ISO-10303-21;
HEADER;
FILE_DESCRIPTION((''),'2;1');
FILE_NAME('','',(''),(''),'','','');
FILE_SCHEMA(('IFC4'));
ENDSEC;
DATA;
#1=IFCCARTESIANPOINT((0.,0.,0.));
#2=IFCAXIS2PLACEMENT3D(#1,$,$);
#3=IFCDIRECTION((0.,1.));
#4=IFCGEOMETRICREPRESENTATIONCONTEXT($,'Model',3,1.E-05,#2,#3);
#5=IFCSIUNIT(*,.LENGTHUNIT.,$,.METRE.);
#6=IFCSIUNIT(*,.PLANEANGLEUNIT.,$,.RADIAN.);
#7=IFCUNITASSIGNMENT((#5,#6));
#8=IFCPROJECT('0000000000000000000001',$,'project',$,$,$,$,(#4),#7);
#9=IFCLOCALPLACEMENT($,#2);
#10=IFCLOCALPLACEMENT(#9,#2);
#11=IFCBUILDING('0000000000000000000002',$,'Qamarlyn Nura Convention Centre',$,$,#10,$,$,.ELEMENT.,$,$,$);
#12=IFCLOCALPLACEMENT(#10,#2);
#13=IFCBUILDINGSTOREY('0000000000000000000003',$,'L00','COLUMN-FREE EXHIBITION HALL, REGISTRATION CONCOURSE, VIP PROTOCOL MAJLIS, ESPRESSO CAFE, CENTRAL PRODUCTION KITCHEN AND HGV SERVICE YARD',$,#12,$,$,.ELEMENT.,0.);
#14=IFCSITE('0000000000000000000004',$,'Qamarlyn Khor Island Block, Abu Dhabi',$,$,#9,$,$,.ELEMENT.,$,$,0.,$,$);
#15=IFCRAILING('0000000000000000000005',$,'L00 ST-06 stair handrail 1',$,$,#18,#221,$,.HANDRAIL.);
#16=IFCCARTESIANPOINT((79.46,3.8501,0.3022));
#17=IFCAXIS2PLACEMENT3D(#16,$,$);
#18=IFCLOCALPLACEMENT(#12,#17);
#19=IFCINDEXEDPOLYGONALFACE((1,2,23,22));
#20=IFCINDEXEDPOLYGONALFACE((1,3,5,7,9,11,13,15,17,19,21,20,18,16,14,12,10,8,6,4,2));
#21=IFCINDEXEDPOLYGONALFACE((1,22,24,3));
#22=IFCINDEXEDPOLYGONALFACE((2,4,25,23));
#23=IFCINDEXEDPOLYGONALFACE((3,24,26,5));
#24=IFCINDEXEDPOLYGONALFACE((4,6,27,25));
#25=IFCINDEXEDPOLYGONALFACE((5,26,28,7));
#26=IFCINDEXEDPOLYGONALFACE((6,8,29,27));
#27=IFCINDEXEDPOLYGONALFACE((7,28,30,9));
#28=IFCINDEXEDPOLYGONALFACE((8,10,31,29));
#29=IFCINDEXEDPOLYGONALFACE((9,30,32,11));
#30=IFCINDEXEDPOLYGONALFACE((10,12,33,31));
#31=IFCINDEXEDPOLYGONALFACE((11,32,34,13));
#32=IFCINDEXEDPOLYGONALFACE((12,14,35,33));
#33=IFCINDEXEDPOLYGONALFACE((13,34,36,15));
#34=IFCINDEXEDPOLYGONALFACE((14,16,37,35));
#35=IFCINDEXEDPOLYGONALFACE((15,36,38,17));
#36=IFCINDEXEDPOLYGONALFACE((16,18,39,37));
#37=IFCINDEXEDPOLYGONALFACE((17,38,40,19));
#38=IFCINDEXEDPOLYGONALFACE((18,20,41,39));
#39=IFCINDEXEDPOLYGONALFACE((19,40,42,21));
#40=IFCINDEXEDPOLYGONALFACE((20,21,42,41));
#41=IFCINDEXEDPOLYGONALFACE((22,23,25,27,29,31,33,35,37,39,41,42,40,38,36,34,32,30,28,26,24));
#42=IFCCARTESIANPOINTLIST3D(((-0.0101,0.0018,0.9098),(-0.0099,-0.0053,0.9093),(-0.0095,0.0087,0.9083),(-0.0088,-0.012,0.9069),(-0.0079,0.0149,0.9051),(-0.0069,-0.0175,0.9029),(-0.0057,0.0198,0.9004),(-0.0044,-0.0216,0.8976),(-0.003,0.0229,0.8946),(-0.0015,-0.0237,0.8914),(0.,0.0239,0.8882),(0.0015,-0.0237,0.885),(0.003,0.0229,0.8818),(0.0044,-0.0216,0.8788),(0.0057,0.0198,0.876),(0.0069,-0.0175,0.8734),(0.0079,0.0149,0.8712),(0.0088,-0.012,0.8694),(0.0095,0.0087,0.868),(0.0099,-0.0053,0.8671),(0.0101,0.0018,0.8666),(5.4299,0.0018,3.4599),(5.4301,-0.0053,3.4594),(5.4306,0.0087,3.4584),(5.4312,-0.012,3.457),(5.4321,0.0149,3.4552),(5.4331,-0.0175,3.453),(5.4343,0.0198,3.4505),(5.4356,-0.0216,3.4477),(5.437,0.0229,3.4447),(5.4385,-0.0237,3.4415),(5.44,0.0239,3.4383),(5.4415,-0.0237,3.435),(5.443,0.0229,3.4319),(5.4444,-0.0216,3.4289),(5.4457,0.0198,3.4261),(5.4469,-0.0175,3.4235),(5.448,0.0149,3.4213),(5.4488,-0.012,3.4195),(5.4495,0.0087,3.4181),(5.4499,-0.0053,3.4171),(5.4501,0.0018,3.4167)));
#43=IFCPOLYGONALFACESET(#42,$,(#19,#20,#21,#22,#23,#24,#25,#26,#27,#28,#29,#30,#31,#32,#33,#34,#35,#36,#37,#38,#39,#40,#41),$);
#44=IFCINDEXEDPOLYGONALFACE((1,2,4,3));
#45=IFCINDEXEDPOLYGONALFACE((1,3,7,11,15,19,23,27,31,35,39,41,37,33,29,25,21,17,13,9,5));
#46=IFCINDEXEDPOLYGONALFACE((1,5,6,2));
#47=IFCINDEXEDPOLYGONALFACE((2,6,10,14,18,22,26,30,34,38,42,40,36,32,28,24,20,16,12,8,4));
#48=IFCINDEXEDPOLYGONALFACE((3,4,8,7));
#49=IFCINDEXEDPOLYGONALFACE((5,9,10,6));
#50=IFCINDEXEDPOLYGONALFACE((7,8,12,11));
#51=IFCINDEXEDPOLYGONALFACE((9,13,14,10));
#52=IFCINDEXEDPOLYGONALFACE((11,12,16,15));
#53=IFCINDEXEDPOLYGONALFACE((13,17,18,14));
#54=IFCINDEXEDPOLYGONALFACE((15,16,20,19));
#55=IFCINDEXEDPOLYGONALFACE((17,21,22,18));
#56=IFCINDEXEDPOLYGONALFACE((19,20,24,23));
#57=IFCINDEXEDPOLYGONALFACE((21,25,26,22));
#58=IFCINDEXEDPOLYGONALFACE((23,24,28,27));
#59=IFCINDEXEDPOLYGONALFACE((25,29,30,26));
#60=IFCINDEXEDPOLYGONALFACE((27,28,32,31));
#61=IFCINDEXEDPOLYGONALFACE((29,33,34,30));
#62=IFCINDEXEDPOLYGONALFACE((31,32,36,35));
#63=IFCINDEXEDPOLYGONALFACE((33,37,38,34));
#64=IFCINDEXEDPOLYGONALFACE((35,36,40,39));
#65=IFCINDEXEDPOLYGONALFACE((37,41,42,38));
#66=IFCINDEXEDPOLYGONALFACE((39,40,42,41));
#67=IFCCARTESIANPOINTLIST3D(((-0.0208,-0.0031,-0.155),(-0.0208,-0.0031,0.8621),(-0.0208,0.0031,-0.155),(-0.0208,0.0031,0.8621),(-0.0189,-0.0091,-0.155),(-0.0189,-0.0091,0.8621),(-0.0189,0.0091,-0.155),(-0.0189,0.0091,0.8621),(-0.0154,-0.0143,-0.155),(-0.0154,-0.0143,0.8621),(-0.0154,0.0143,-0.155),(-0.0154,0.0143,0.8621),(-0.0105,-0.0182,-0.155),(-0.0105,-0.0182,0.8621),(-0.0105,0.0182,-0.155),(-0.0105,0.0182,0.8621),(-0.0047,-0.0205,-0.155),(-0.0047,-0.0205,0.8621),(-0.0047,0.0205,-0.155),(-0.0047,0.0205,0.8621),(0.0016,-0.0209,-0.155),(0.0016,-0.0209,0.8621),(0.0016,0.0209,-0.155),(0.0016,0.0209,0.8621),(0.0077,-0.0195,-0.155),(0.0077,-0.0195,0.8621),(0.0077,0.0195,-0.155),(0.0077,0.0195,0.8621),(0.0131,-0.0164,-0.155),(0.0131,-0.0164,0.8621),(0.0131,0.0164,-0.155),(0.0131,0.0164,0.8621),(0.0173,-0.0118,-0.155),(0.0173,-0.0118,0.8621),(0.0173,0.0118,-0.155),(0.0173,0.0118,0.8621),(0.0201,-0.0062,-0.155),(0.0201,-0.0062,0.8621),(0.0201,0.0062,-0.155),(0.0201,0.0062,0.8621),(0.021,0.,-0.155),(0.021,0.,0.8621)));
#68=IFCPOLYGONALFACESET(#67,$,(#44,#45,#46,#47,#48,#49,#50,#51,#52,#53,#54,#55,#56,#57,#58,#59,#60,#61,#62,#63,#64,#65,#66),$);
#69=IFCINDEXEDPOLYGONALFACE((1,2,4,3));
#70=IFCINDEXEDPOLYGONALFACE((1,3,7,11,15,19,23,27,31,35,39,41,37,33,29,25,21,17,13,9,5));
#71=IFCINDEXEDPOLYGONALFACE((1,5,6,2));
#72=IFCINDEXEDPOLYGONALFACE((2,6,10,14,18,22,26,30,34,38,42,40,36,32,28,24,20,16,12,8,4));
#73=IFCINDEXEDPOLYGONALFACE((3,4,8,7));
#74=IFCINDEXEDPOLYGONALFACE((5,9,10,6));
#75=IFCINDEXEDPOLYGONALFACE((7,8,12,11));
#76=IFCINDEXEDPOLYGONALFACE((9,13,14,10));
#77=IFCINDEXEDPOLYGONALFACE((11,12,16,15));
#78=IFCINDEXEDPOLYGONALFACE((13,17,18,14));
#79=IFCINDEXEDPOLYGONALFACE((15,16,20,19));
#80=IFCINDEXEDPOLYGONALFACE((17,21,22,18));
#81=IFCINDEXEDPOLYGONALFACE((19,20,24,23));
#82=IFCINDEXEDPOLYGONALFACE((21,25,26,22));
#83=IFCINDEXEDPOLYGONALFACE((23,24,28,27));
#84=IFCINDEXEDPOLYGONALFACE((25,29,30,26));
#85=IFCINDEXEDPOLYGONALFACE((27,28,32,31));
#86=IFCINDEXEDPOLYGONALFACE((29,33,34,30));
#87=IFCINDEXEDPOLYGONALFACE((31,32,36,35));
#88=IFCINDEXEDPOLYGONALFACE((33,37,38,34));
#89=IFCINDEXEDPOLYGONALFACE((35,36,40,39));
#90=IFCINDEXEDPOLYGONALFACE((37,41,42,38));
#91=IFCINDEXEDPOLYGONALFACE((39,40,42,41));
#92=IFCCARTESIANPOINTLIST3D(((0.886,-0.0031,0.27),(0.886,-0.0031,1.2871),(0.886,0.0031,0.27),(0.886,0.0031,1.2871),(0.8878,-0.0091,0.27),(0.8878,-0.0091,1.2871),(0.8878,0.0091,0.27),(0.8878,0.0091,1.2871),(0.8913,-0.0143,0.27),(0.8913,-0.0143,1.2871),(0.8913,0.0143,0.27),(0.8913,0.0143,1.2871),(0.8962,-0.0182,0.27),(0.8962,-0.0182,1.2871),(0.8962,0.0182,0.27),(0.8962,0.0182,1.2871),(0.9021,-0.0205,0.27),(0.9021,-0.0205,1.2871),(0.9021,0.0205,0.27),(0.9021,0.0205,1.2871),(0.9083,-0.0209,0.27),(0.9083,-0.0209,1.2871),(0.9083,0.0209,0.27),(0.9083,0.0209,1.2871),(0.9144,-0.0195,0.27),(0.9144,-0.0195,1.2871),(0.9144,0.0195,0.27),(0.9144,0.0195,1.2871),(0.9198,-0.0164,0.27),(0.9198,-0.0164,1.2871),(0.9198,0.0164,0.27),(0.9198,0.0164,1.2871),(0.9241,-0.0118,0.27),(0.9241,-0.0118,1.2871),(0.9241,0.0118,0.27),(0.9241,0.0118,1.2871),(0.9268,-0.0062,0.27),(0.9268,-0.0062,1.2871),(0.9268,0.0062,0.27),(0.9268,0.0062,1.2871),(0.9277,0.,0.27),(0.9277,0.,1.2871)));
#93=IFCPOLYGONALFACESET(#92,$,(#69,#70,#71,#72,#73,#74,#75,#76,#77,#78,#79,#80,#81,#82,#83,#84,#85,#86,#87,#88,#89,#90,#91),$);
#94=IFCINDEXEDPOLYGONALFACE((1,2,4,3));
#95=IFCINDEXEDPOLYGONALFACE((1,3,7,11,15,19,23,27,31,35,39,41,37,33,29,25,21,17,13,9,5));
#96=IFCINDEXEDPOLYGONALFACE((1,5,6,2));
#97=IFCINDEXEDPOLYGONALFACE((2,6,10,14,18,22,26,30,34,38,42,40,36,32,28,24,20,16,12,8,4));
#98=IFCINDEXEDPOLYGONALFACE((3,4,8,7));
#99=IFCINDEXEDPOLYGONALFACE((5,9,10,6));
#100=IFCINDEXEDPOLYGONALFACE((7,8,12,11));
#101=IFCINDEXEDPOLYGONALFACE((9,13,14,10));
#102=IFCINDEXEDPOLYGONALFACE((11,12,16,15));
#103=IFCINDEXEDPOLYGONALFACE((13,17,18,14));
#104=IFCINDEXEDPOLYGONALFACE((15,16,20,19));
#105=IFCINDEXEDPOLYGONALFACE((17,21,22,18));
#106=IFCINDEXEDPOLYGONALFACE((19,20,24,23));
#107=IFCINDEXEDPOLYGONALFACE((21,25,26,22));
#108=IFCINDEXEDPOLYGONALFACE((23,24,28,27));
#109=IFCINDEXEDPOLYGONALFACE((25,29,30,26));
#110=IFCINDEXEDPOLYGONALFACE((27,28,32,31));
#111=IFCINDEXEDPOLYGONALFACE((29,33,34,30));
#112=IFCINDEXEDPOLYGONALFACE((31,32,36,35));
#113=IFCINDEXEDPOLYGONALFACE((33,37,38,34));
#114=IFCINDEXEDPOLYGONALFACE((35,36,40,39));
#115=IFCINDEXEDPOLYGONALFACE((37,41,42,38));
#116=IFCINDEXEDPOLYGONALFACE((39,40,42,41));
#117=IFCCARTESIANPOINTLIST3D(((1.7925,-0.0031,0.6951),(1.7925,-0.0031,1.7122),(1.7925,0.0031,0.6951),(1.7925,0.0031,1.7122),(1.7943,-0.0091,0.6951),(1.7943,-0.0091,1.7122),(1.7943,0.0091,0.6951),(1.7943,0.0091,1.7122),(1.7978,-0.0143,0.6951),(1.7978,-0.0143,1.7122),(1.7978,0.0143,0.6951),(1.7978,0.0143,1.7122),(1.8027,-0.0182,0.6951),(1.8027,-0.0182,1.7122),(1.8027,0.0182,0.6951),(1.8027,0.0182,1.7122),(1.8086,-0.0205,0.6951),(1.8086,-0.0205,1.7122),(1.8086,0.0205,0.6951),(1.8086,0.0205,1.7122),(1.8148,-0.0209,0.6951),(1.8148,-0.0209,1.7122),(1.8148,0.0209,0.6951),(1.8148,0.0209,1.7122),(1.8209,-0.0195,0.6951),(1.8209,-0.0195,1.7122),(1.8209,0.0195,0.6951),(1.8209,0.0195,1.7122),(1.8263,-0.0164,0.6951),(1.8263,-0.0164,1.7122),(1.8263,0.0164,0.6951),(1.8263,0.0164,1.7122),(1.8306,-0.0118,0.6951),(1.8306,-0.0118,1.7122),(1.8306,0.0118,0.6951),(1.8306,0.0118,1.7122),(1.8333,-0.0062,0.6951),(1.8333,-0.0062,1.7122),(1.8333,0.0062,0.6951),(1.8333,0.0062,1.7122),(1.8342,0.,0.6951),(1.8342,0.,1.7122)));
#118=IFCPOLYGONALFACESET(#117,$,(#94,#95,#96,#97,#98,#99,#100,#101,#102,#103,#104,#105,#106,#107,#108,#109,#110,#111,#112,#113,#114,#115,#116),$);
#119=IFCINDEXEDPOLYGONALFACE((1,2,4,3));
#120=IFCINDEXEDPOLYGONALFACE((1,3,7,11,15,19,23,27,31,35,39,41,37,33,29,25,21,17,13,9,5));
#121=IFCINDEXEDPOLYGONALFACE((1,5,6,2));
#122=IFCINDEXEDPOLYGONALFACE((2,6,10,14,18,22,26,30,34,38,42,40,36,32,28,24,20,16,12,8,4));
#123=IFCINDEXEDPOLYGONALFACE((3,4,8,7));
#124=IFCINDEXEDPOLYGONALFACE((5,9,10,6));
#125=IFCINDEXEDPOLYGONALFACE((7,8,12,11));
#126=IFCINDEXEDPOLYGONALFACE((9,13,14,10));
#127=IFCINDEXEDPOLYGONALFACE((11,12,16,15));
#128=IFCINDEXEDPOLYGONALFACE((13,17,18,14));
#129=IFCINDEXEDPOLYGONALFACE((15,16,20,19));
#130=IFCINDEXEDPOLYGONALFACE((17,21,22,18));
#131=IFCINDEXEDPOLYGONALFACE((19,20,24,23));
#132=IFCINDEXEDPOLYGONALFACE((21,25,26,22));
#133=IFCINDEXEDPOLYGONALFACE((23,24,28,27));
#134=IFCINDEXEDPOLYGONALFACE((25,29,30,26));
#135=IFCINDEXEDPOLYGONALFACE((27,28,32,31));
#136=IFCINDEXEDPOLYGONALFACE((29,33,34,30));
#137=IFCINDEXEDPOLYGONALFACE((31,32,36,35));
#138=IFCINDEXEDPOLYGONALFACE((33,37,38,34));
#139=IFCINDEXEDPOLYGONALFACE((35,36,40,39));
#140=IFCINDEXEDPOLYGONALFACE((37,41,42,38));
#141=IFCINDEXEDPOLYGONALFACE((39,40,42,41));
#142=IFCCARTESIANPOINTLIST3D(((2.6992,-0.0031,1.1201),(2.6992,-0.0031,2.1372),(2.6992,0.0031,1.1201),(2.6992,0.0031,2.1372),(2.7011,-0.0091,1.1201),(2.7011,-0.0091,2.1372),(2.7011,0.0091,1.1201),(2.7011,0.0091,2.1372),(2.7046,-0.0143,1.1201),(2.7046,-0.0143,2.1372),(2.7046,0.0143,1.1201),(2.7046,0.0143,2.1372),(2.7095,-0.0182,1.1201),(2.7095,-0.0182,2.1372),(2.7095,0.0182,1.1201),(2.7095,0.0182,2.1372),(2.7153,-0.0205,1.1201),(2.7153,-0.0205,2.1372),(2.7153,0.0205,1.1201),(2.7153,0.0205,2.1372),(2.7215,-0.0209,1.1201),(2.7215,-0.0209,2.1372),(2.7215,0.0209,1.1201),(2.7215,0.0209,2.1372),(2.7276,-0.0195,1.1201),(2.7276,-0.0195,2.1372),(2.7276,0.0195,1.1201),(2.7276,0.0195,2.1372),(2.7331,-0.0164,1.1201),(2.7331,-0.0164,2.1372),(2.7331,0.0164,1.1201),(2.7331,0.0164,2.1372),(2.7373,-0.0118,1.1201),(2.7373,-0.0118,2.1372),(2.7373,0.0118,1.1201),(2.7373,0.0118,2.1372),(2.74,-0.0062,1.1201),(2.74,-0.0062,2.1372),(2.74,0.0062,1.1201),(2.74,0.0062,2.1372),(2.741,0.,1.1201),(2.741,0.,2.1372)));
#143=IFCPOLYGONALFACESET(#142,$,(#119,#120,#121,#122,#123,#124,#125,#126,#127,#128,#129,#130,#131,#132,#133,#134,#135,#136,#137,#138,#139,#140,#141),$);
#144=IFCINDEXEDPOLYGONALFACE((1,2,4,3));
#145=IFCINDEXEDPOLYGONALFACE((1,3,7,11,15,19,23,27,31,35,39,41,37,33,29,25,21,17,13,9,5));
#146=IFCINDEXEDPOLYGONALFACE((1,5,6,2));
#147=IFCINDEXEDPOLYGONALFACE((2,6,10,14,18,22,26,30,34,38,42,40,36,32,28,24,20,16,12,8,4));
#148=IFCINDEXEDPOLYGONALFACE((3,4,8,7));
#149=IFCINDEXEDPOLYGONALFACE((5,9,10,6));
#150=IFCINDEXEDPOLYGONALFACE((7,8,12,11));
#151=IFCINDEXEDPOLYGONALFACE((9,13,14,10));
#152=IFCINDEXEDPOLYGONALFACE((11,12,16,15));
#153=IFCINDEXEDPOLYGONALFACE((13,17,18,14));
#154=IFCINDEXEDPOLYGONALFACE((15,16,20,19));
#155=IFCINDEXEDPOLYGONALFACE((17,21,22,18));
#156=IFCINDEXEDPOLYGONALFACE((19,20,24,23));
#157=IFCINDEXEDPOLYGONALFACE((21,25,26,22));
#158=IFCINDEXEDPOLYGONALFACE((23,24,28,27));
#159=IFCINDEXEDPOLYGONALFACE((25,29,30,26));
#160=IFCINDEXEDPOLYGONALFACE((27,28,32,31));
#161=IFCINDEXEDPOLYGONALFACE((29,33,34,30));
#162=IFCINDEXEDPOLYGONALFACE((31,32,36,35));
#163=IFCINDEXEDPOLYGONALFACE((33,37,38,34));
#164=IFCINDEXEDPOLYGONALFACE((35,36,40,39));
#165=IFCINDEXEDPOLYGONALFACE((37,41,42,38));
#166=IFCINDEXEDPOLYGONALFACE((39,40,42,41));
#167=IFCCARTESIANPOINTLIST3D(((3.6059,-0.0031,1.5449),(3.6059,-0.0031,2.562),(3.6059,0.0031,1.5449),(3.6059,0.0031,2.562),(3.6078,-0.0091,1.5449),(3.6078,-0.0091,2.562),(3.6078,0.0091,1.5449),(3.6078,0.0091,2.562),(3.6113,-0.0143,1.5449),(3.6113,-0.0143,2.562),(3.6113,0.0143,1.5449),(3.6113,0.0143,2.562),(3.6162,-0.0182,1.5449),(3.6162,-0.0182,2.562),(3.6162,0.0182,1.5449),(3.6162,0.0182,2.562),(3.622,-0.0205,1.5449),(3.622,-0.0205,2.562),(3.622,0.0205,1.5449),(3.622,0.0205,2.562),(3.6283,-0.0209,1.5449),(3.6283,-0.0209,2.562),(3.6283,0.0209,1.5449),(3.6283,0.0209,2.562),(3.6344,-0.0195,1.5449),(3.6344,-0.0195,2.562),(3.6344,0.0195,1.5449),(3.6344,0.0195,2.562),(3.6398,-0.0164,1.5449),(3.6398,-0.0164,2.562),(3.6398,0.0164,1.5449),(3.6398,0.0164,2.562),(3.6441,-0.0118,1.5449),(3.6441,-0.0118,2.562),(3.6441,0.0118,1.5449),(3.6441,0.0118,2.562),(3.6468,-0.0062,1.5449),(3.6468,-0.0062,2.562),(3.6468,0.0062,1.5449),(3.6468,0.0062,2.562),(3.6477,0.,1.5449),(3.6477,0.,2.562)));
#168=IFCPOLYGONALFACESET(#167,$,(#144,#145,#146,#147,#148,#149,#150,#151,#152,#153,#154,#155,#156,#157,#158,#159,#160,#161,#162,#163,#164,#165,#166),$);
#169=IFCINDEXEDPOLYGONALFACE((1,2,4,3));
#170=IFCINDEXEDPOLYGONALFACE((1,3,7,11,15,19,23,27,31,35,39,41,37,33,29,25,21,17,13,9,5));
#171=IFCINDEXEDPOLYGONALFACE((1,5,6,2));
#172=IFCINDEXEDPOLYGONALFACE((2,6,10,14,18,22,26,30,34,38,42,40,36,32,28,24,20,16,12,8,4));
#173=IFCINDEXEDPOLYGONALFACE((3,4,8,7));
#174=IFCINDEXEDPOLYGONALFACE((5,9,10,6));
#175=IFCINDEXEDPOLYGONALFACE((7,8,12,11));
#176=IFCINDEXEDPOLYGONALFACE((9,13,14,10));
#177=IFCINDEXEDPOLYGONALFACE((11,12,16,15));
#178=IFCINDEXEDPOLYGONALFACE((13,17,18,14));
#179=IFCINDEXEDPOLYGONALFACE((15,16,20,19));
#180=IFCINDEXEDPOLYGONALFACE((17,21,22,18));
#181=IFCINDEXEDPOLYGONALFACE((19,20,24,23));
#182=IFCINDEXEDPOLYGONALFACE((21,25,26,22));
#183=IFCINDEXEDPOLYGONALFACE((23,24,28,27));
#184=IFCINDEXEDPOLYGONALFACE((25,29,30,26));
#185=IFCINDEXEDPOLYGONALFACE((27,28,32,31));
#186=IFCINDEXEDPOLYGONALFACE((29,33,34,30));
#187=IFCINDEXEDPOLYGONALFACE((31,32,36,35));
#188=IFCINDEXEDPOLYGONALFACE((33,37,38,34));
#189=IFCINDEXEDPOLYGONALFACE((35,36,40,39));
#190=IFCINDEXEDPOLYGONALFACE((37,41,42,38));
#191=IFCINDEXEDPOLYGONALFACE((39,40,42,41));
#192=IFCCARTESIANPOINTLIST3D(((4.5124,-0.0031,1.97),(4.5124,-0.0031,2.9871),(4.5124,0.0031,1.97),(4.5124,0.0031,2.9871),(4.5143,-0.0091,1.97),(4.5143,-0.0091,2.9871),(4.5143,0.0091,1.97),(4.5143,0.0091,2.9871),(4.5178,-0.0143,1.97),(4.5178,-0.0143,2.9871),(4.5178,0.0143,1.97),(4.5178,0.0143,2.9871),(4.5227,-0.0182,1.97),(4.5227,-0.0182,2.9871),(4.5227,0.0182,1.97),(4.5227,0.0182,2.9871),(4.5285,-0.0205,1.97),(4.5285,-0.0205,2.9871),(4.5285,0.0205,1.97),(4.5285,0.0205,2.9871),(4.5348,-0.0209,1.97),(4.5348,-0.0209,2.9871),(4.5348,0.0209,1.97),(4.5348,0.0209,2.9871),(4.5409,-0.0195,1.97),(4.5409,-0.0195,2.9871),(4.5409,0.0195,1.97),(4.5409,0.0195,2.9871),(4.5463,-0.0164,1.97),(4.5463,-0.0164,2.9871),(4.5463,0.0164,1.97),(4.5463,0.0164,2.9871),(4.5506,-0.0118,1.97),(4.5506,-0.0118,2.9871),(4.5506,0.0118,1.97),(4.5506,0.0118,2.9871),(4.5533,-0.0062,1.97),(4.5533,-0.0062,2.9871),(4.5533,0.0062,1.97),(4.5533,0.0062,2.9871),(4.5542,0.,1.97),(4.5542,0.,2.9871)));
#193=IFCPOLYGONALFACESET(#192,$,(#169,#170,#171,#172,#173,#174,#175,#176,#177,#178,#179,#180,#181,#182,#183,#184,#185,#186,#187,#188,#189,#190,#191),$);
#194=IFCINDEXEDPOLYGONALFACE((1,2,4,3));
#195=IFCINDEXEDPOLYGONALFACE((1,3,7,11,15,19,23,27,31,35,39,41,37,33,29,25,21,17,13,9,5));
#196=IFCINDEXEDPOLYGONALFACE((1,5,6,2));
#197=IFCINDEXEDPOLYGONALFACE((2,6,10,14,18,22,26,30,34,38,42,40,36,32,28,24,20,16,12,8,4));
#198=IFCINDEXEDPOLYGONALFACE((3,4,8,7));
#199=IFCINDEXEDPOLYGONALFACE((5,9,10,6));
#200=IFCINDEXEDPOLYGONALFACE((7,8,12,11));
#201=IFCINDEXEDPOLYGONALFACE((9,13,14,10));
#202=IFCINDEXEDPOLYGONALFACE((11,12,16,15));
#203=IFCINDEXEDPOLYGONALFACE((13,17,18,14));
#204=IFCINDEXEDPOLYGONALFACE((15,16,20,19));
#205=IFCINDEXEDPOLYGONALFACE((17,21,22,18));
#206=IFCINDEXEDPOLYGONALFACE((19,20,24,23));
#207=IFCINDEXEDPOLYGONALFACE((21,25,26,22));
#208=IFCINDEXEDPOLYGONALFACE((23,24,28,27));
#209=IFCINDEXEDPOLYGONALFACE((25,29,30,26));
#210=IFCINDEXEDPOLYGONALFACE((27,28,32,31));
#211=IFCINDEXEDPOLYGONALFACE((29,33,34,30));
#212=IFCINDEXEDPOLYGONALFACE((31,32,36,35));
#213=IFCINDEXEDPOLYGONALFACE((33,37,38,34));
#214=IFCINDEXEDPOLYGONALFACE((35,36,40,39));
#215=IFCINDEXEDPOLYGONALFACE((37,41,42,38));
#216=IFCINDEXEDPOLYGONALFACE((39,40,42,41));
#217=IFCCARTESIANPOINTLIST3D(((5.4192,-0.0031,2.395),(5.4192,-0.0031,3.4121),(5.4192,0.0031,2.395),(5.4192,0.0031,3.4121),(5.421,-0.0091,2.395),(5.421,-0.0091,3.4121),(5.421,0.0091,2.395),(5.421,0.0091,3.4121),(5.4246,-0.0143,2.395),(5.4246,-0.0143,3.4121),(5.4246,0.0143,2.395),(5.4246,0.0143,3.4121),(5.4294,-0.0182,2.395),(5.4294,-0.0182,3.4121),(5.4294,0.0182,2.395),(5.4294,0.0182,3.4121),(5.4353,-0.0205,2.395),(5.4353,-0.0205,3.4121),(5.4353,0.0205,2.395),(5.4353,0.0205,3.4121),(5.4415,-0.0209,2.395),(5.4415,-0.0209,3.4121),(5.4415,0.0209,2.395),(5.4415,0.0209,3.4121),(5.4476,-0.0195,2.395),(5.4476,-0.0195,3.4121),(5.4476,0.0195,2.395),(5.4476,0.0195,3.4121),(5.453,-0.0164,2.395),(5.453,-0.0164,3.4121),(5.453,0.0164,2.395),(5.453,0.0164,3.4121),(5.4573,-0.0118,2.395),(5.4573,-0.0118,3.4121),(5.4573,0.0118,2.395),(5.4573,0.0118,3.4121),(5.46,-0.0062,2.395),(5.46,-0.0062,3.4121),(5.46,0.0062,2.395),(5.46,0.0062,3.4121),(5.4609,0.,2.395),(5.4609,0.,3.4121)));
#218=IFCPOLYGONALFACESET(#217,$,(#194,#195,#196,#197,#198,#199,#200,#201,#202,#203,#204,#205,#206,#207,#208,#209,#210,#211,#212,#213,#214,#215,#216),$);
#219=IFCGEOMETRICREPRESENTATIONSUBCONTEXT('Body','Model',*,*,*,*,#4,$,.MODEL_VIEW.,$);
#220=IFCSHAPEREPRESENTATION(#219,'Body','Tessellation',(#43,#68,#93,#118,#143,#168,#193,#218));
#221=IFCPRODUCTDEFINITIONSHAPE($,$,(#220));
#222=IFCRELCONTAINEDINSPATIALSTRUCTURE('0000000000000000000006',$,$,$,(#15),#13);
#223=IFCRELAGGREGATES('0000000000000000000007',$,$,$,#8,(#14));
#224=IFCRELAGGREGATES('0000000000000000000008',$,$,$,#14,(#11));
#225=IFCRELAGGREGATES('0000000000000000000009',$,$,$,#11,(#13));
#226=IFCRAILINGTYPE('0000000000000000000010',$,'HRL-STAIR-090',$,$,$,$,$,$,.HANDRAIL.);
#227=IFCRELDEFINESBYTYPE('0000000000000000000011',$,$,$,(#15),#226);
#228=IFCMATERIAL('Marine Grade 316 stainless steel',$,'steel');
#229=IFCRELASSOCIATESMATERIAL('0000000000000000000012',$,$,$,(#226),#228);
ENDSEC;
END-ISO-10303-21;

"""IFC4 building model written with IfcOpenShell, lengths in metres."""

from ifc_helpers import new_model, si_unit, direction, frame, origin, origin_2d, place, context, subcontext, project, spatial, circle, extrude, material, type_object, element, save


model = new_model("IFC4")

# Units and contexts
model_context = context("Model", 3, precision=1e-05, world=origin(), true_north=direction((0.0, 1.0)))
body_context = subcontext(model_context, "Body", "Model", "MODEL_VIEW")
ifc_project = project(units=[si_unit("LENGTHUNIT", "METRE"), si_unit("PLANEANGLEUNIT", "RADIAN")], contexts=[model_context])

# Site, building, storey
site_placement = place(None, origin())
site = spatial("IfcSite", under=ifc_project, at=site_placement, Name="Qamarlyn Khor Island Block, Abu Dhabi", CompositionType="ELEMENT", RefElevation=0.0)
building_placement = place(site_placement, origin())
building = spatial("IfcBuilding", under=site, at=building_placement, Name="Qamarlyn Nura Convention Centre", CompositionType="ELEMENT")
storey_placement = place(building_placement, origin())
storey = spatial("IfcBuildingStorey", under=building, at=storey_placement, Name="L00", Description="COLUMN-FREE EXHIBITION HALL, REGISTRATION CONCOURSE, VIP PROTOCOL MAJLIS, ESPRESSO CAFE, CENTRAL PRODUCTION KITCHEN AND HGV SERVICE YARD", CompositionType="ELEMENT", Elevation=0.0)

# Railing
ifc_material_1 = material(Name="Marine Grade 316 stainless steel", Category="steel")
railing_type_1 = type_object("IfcRailingType", Name="HRL-STAIR-090", PredefinedType="HANDRAIL", material=ifc_material_1)
railing_1_placement = place(storey_placement, frame((79.46, 3.8501, 0.3022)))
element("IfcRailing", 1, at=railing_1_placement, inside=storey, type_object=railing_type_1, Name="L00 ST-06 stair handrail 1", PredefinedType="HANDRAIL", context=body_context, shape_type="SweptSolid", body=[
    extrude(circle(Radius=0.0239, at=origin_2d()), frame((0.0, 0.0, 0.8882), z_axis=(0.905454, 0.0, 0.424444), x_axis=(0.0, 1.0, 0.0)), (0.0, 0.0, 1.0), 6.0081),
    extrude(circle(Radius=0.021, at=origin_2d()), frame((0.0, 0.0, -0.155)), (0.0, 0.0, 1.0), 1.0171),
    extrude(circle(Radius=0.021, at=origin_2d()), frame((0.9067, 0.0, 0.27)), (0.0, 0.0, 1.0), 1.0171),
    extrude(circle(Radius=0.021, at=origin_2d()), frame((1.8132, 0.0, 0.6951)), (0.0, 0.0, 1.0), 1.0171),
    extrude(circle(Radius=0.021, at=origin_2d()), frame((2.72, 0.0, 1.1201)), (0.0, 0.0, 1.0), 1.0171),
    extrude(circle(Radius=0.021, at=origin_2d()), frame((3.6267, 0.0, 1.5449)), (0.0, 0.0, 1.0), 1.0171),
    extrude(circle(Radius=0.021, at=origin_2d()), frame((4.5332, 0.0, 1.97)), (0.0, 0.0, 1.0), 1.0171),
    extrude(circle(Radius=0.021, at=origin_2d()), frame((5.4399, 0.0, 2.395)), (0.0, 0.0, 1.0), 1.0171),
])

save(model, "model.ifc")
